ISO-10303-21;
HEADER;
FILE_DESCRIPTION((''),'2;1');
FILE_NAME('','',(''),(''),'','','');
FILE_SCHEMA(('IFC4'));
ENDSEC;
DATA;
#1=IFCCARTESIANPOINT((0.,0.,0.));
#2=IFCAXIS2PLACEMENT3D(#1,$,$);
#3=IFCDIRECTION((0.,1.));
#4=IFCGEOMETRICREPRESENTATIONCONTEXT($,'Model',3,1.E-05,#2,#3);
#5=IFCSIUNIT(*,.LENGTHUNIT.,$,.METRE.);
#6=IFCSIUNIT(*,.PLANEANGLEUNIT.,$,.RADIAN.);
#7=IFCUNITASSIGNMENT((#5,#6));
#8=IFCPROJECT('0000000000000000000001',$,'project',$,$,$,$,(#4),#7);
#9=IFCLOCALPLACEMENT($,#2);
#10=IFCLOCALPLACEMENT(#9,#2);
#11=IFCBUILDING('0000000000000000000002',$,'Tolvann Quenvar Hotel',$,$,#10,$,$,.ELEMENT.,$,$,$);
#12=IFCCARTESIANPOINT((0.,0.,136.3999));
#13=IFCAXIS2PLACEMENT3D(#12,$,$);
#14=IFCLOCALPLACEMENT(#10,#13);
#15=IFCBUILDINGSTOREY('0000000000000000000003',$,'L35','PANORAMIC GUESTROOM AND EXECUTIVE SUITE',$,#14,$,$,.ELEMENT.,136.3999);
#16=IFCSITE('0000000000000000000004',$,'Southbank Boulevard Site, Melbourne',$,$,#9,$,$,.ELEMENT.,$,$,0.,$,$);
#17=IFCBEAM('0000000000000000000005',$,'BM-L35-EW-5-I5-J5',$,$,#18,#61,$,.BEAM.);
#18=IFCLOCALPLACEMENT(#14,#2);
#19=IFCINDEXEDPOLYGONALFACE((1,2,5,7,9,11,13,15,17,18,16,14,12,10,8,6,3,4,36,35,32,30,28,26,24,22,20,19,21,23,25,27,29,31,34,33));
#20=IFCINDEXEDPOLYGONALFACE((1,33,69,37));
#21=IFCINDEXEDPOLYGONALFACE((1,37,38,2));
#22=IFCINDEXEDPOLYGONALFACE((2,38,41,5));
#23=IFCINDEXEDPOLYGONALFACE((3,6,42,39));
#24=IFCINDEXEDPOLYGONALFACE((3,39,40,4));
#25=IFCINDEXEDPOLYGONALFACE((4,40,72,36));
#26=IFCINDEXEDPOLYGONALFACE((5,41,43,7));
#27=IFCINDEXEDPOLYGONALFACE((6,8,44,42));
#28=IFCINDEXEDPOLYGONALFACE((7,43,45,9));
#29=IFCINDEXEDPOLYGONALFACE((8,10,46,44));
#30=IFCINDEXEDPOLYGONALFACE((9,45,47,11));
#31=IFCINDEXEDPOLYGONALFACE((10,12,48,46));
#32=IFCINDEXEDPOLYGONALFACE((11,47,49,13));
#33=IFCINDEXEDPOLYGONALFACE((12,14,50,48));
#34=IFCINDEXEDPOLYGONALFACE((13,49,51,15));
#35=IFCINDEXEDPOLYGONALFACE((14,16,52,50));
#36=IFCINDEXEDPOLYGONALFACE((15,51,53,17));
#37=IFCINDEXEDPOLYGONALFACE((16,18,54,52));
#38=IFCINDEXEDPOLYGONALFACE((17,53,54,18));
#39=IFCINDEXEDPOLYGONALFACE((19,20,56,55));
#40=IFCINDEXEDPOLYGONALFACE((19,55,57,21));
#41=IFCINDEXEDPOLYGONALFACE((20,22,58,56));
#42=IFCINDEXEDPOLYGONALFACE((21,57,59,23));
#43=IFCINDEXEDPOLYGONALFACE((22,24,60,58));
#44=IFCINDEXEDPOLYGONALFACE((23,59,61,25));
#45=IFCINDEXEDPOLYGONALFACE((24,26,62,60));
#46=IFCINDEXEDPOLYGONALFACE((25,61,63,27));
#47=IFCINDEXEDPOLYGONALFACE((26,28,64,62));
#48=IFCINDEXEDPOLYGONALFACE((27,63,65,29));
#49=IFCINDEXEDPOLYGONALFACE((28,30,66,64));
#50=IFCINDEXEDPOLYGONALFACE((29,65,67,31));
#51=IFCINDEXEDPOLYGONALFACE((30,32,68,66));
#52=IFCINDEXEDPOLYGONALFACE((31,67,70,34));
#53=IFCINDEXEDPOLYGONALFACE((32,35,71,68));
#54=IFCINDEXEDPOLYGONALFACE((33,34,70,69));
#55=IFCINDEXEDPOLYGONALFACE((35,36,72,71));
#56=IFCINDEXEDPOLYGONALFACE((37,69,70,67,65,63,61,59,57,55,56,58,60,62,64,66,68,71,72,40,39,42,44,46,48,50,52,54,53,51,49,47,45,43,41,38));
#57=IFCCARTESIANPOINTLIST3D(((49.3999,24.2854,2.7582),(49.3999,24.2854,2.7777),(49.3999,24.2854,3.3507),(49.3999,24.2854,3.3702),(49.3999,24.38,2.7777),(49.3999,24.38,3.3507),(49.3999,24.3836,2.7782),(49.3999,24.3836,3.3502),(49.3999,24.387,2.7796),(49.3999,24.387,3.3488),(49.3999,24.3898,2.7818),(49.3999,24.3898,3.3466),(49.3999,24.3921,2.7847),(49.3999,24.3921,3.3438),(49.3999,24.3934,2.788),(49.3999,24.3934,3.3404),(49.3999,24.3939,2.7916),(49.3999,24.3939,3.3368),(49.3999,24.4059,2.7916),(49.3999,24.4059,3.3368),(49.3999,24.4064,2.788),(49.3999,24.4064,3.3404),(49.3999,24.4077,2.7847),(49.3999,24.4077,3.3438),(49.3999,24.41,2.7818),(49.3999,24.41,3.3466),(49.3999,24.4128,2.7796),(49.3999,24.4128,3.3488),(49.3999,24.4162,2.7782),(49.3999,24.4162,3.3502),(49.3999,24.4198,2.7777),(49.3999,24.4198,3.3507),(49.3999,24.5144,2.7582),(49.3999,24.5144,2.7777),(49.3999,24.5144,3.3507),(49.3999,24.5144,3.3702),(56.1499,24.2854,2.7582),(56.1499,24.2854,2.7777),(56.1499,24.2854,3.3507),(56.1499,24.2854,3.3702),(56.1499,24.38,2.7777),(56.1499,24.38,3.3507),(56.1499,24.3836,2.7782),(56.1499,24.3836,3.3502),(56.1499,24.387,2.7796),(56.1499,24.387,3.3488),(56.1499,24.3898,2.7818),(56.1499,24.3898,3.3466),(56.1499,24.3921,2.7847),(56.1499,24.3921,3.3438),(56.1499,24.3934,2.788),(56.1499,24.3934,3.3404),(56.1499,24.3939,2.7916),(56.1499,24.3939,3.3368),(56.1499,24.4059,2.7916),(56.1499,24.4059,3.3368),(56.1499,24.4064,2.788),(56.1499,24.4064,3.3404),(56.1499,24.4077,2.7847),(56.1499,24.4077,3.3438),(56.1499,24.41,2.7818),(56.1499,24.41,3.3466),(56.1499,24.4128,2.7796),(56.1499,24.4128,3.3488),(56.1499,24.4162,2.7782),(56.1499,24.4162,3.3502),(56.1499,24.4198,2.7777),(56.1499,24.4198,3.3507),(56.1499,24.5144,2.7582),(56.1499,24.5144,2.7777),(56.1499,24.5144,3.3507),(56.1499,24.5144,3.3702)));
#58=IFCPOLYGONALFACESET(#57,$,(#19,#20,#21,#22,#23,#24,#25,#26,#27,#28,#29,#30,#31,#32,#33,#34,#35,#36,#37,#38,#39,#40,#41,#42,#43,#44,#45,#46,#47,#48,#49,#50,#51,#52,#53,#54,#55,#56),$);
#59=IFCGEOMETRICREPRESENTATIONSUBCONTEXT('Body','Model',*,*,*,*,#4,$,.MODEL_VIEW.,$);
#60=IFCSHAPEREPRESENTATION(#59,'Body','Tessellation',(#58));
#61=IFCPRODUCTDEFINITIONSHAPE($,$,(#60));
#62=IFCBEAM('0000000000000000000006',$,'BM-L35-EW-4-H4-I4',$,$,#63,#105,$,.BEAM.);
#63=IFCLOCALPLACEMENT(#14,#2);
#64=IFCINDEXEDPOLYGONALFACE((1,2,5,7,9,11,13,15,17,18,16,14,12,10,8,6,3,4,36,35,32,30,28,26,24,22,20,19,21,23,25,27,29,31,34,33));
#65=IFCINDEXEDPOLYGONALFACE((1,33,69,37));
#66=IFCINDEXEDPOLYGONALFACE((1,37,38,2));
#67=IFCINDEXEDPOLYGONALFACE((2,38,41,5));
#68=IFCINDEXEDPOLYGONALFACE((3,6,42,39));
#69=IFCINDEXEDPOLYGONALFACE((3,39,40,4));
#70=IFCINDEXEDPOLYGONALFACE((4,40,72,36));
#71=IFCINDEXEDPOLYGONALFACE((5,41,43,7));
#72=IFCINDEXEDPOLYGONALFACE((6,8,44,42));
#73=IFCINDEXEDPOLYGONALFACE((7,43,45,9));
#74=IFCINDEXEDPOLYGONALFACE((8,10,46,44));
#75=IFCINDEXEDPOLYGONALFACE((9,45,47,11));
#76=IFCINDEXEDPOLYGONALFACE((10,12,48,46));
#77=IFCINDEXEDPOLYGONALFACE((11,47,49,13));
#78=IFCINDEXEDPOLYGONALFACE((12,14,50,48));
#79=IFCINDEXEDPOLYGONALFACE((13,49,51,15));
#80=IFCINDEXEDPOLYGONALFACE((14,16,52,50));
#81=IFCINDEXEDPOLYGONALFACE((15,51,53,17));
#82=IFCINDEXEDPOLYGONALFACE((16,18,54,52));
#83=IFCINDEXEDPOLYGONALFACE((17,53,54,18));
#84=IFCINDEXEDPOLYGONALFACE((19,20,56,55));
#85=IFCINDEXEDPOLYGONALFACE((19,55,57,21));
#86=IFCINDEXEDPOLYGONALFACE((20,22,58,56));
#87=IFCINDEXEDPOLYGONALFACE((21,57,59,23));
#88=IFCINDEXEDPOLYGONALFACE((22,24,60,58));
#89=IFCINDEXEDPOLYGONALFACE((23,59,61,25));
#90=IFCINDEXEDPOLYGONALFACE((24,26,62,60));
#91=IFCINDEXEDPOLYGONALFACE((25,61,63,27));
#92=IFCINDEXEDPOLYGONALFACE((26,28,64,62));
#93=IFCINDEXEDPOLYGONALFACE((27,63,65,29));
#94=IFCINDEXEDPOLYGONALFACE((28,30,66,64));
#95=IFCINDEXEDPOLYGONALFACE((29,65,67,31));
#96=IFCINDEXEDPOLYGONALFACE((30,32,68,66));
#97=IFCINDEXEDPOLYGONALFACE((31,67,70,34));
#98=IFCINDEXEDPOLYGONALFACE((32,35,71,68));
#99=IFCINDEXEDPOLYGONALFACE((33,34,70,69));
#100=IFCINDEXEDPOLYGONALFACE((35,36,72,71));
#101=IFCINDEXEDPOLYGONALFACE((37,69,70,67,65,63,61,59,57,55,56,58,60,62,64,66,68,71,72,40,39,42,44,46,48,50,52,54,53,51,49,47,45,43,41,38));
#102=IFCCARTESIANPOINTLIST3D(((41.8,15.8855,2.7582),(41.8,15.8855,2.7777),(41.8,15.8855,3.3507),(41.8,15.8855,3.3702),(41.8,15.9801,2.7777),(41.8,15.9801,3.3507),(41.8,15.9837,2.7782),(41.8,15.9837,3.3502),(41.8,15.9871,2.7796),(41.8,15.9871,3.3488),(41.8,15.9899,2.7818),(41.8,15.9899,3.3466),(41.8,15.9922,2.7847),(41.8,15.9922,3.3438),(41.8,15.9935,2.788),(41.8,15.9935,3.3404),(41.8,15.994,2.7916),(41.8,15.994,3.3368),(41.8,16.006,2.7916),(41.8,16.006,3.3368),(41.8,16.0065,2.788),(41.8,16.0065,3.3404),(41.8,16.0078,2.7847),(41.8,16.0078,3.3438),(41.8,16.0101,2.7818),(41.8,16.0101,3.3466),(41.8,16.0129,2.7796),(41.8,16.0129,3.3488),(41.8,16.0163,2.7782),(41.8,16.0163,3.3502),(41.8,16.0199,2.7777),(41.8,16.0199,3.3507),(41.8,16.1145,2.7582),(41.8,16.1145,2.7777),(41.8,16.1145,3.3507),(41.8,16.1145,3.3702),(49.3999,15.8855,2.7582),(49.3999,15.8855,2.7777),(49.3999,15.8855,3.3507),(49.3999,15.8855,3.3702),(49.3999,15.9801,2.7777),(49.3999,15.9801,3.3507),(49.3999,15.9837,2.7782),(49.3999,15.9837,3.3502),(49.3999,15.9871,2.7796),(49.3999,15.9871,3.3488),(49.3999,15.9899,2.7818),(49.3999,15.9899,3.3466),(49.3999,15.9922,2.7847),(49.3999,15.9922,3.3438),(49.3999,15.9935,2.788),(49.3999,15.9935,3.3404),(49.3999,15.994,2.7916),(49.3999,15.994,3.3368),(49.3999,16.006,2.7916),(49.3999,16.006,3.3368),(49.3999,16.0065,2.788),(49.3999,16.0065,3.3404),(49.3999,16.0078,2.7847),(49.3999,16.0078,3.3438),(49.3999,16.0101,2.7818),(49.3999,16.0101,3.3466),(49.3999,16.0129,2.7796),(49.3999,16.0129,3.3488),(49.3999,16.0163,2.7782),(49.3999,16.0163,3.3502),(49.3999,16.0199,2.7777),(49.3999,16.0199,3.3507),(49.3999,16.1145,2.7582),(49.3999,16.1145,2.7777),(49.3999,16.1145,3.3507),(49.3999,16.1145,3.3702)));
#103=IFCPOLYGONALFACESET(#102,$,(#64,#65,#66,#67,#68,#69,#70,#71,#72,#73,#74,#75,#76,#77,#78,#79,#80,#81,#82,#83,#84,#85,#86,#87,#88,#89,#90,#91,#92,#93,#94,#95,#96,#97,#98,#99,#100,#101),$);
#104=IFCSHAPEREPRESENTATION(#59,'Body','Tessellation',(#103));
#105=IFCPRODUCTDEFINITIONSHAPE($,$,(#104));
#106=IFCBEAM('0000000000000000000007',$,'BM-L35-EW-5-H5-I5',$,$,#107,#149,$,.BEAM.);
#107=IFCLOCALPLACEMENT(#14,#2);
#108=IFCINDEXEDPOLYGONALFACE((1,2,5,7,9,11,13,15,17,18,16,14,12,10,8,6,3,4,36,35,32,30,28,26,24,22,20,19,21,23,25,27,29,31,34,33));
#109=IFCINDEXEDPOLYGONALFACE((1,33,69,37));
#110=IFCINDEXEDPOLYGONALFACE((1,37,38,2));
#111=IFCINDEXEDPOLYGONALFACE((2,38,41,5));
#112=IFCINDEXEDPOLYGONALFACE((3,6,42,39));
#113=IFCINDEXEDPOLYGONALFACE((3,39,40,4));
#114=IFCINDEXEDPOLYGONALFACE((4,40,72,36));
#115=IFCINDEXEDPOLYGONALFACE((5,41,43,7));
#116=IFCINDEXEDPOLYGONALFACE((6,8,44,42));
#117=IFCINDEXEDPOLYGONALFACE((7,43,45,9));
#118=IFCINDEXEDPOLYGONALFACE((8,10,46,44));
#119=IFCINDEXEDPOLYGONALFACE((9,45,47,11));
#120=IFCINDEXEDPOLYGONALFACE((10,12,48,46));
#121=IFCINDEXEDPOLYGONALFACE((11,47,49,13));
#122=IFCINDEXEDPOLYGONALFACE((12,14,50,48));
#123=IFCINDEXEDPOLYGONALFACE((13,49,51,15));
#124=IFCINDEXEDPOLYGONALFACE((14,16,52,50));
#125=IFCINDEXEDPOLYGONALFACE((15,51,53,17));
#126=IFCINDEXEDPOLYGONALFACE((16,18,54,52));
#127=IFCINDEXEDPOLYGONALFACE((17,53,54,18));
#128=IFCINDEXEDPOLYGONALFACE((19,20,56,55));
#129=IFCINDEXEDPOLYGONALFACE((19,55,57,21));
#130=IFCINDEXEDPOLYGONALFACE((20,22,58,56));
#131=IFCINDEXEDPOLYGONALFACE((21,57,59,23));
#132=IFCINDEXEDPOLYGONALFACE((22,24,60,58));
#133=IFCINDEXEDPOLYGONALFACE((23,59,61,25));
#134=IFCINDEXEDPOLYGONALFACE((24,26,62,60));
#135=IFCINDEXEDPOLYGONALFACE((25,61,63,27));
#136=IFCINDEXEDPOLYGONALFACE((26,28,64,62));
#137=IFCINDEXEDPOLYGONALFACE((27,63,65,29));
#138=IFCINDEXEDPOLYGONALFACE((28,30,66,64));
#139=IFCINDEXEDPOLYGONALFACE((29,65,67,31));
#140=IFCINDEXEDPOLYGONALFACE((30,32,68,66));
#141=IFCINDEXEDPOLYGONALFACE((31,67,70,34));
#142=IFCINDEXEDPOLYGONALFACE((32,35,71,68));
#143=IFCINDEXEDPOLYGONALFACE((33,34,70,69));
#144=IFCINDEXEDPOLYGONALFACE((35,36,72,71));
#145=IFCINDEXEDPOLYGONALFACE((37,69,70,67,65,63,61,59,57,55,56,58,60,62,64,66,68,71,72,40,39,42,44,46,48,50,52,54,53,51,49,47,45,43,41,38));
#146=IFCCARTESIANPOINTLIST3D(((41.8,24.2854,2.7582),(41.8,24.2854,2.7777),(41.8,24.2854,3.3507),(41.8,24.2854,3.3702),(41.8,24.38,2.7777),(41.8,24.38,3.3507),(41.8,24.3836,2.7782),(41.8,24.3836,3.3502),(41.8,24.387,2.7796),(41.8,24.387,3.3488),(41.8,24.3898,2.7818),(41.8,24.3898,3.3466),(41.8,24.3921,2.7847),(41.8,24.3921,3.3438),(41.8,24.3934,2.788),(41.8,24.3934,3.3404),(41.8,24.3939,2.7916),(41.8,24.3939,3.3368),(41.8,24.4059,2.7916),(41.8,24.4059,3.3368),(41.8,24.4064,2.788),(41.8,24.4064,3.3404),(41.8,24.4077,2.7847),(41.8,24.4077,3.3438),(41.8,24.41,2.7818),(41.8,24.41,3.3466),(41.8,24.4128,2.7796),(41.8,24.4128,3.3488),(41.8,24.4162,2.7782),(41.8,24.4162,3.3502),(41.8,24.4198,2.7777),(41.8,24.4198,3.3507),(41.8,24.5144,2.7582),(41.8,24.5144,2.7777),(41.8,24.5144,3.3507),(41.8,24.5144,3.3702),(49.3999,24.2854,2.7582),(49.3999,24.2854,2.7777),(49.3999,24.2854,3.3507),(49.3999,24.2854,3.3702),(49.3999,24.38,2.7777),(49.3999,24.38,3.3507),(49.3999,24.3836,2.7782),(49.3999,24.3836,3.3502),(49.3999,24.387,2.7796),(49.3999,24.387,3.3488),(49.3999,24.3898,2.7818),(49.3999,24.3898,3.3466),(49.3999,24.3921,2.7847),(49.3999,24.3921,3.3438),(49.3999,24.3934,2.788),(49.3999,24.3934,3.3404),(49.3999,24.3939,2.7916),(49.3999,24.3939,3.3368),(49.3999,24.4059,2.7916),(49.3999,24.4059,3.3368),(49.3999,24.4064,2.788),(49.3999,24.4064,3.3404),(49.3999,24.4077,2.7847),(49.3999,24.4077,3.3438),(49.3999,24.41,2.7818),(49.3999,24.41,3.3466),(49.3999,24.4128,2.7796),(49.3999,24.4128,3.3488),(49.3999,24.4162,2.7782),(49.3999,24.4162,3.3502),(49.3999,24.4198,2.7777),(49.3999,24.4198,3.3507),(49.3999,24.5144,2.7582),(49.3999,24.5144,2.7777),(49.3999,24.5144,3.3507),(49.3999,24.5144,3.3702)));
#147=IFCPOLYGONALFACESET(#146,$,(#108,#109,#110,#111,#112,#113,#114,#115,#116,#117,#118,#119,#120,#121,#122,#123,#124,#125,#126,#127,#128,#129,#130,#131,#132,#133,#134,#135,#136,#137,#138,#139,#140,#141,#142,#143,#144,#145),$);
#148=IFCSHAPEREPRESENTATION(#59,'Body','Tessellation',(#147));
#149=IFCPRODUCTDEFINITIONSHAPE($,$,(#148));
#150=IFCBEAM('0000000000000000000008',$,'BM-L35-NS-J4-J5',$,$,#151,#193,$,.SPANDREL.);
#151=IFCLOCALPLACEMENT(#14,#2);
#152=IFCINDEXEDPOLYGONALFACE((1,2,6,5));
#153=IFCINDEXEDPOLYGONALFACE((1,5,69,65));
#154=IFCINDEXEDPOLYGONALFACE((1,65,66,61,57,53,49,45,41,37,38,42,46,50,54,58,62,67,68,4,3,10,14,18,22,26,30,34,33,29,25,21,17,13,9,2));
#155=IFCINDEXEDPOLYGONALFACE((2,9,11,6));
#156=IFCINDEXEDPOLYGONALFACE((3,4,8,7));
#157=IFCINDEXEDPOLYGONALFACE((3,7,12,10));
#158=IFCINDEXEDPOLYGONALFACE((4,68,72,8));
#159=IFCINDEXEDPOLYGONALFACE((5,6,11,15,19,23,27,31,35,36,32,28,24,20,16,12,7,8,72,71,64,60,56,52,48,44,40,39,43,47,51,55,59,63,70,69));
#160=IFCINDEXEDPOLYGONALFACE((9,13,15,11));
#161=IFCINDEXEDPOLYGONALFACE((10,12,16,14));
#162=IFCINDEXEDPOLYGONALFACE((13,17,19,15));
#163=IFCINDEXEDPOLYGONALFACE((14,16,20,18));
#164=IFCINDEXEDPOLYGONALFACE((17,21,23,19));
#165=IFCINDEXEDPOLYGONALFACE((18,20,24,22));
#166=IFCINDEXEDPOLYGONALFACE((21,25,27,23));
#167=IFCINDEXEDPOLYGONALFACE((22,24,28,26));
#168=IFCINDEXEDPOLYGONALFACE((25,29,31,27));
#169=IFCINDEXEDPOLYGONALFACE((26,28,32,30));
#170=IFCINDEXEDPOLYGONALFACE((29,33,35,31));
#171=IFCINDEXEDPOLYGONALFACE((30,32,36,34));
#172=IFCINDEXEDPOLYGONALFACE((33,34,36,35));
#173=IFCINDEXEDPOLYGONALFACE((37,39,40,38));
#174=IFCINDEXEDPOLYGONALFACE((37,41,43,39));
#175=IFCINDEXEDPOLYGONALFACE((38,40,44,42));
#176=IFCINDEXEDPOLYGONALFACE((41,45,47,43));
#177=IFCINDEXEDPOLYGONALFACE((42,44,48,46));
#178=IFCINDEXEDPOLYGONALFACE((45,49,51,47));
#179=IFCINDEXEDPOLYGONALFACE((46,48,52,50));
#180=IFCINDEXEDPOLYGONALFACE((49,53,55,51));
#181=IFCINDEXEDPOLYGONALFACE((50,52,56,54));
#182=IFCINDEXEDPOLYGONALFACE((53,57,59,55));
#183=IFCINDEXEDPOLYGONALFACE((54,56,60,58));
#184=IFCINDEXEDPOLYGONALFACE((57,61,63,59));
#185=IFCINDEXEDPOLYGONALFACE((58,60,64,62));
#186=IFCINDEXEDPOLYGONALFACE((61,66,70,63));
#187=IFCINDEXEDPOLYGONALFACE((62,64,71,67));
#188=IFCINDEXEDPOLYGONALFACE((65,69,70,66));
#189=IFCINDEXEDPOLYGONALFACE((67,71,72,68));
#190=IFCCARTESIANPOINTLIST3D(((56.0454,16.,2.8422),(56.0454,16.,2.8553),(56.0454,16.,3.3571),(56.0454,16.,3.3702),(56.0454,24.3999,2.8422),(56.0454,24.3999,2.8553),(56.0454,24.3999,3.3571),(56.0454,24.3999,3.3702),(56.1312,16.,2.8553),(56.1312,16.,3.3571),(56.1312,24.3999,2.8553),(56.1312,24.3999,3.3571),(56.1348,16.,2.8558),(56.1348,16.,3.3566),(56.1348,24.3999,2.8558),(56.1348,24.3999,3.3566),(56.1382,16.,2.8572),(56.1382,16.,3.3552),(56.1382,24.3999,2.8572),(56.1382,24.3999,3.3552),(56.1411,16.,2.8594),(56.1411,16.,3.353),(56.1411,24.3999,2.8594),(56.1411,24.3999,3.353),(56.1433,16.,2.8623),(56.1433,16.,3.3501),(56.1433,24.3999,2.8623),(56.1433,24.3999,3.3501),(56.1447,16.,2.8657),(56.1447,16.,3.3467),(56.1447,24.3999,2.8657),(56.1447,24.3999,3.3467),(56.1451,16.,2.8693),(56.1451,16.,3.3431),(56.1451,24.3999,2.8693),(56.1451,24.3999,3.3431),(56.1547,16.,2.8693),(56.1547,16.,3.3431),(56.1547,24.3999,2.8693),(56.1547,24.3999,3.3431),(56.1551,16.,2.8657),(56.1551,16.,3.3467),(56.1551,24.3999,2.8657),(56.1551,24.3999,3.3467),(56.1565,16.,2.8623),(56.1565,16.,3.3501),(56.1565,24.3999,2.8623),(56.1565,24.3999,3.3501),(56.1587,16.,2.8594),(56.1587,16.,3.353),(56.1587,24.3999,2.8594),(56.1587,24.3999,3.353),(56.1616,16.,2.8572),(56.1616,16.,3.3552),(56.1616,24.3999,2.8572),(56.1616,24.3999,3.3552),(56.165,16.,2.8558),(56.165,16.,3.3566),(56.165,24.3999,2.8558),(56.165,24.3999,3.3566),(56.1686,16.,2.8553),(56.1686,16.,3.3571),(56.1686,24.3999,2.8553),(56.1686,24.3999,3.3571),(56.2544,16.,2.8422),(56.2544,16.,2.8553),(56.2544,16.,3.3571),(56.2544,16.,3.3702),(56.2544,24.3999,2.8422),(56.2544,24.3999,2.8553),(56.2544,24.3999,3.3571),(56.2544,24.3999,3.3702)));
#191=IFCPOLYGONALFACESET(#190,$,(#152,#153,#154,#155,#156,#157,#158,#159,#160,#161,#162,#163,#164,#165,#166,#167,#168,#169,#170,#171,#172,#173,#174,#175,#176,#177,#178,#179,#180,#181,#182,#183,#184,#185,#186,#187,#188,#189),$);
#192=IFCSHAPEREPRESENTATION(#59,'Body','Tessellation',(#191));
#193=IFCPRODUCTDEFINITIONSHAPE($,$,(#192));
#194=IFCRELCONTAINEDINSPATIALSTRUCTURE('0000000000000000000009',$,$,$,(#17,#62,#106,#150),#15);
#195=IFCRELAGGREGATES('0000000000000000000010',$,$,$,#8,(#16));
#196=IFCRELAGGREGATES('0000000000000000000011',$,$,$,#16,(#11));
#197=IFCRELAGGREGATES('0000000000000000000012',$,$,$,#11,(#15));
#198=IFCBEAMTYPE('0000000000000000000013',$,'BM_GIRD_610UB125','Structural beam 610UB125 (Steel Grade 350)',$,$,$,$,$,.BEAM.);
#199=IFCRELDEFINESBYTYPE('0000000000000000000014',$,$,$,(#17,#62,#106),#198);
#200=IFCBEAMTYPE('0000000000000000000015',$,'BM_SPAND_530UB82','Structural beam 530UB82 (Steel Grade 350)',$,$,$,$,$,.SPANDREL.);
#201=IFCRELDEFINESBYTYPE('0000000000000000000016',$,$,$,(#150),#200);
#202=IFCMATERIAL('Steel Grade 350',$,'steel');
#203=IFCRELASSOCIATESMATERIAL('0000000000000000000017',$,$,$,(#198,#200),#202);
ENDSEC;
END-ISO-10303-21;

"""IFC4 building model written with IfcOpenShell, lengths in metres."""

from ifc_helpers import new_model, si_unit, direction, frame, origin, origin_2d, place, context, subcontext, project, spatial, i_section, extrude, source, transform, mapped, material, material_profile, profile_set, type_object, type_shapes, element, save


model = new_model("IFC4")

# Units and contexts
model_context = context("Model", 3, precision=1e-05, world=origin(), true_north=direction((0.0, 1.0)))
body_context = subcontext(model_context, "Body", "Model", "MODEL_VIEW")
ifc_project = project(units=[si_unit("LENGTHUNIT", "METRE"), si_unit("PLANEANGLEUNIT", "RADIAN")], contexts=[model_context])

# Site, building, storey
site_placement = place(None, origin())
site = spatial("IfcSite", under=ifc_project, at=site_placement, Name="Southbank Boulevard Site, Melbourne", CompositionType="ELEMENT", RefElevation=0.0)
building_placement = place(site_placement, origin())
building = spatial("IfcBuilding", under=site, at=building_placement, Name="Tolvann Quenvar Hotel", CompositionType="ELEMENT")
storey_placement = place(building_placement, frame((0.0, 0.0, 136.3999)))
storey = spatial("IfcBuildingStorey", under=building, at=storey_placement, Name="L35", Description="PANORAMIC GUESTROOM AND EXECUTIVE SUITE", CompositionType="ELEMENT", Elevation=136.3999)

# Shared definitions
ifc_material_1 = material(Name="Steel Grade 350", Category="steel")

# Beams
ifc_material_profile_1 = material_profile(ifc_material_1, i_section(OverallWidth=0.229, OverallDepth=0.6121, WebThickness=0.012, FlangeThickness=0.0195, FilletRadius=0.0139, at=origin_2d()), Name="610UB125")
ifc_profile_set_1 = profile_set([ifc_material_profile_1], Name="Steel Grade 350")
beam_type_1 = type_object("IfcBeamType", Name="BM_GIRD_610UB125", Description="Structural beam 610UB125 (Steel Grade 350)", PredefinedType="BEAM", material=ifc_profile_set_1)
shared_shape_1 = source(origin(), body_context, "Body", "SweptSolid", [
    extrude(i_section(OverallWidth=0.229, OverallDepth=0.6121, WebThickness=0.012, FlangeThickness=0.0195, FilletRadius=0.0139, at=origin_2d()), origin(), (0.0, 0.0, 1.0), 6.75),
])
for number, where, z_axis, x_axis, name in (
    (1, (49.3999, 24.3999, 3.0642), (1.0, 0.0, 0.0), (0.0, 1.0, 0.0), "BM-L35-EW-5-I5-J5"),
):
    element("IfcBeam", number, at=place(storey_placement, frame(where, z_axis=z_axis, x_axis=x_axis)), inside=storey, type_object=beam_type_1, Name=name, PredefinedType="BEAM", context=body_context, shape_type="MappedRepresentation", body=[
        mapped(shared_shape_1, transform((0.0, 0.0, 0.0), x_axis=(1.0, 0.0, 0.0), y_axis=(0.0, 1.0, 0.0), z_axis=(0.0, 0.0, 1.0), scale=1.0)),
    ])
shared_shape_2 = source(origin(), body_context, "Body", "SweptSolid", [
    extrude(i_section(OverallWidth=0.229, OverallDepth=0.6121, WebThickness=0.012, FlangeThickness=0.0195, FilletRadius=0.0139, at=origin_2d()), origin(), (0.0, 0.0, 1.0), 7.5999),
])
type_shapes(beam_type_1, [shared_shape_1, shared_shape_2])
for number, where, z_axis, x_axis, name in (
    (2, (41.8, 16.0, 3.0642), (1.0, 0.0, 0.0), (0.0, 1.0, 0.0), "BM-L35-EW-4-H4-I4"),
    (3, (41.8, 24.3999, 3.0642), (1.0, 0.0, 0.0), (0.0, 1.0, 0.0), "BM-L35-EW-5-H5-I5"),
):
    element("IfcBeam", number, at=place(storey_placement, frame(where, z_axis=z_axis, x_axis=x_axis)), inside=storey, type_object=beam_type_1, Name=name, PredefinedType="BEAM", context=body_context, shape_type="MappedRepresentation", body=[
        mapped(shared_shape_2, transform((0.0, 0.0, 0.0), x_axis=(1.0, 0.0, 0.0), y_axis=(0.0, 1.0, 0.0), z_axis=(0.0, 0.0, 1.0), scale=1.0)),
    ])
ifc_material_profile_2 = material_profile(ifc_material_1, i_section(OverallWidth=0.209, OverallDepth=0.5281, WebThickness=0.0095, FlangeThickness=0.0132, FilletRadius=0.0139, at=origin_2d()), Name="530UB82")
ifc_profile_set_2 = profile_set([ifc_material_profile_2], Name="Steel Grade 350")
beam_type_2 = type_object("IfcBeamType", Name="BM_SPAND_530UB82", Description="Structural beam 530UB82 (Steel Grade 350)", PredefinedType="SPANDREL", material=ifc_profile_set_2)
shared_shape_3 = source(origin(), body_context, "Body", "SweptSolid", [
    extrude(i_section(OverallWidth=0.209, OverallDepth=0.5281, WebThickness=0.0095, FlangeThickness=0.0132, FilletRadius=0.0139, at=origin_2d()), origin(), (0.0, 0.0, 1.0), 8.3999),
])
type_shapes(beam_type_2, [shared_shape_3])
beam_1_placement = place(storey_placement, frame((56.1499, 16.0, 3.1062), z_axis=(0.0, 1.0, 0.0), x_axis=(-1.0, 0.0, 0.0)))
element("IfcBeam", 4, at=beam_1_placement, inside=storey, type_object=beam_type_2, Name="BM-L35-NS-J4-J5", PredefinedType="SPANDREL", context=body_context, shape_type="MappedRepresentation", body=[
    mapped(shared_shape_3, transform((0.0, 0.0, 0.0), x_axis=(1.0, 0.0, 0.0), y_axis=(0.0, 1.0, 0.0), z_axis=(0.0, 0.0, 1.0), scale=1.0)),
])

save(model, "model.ifc")
